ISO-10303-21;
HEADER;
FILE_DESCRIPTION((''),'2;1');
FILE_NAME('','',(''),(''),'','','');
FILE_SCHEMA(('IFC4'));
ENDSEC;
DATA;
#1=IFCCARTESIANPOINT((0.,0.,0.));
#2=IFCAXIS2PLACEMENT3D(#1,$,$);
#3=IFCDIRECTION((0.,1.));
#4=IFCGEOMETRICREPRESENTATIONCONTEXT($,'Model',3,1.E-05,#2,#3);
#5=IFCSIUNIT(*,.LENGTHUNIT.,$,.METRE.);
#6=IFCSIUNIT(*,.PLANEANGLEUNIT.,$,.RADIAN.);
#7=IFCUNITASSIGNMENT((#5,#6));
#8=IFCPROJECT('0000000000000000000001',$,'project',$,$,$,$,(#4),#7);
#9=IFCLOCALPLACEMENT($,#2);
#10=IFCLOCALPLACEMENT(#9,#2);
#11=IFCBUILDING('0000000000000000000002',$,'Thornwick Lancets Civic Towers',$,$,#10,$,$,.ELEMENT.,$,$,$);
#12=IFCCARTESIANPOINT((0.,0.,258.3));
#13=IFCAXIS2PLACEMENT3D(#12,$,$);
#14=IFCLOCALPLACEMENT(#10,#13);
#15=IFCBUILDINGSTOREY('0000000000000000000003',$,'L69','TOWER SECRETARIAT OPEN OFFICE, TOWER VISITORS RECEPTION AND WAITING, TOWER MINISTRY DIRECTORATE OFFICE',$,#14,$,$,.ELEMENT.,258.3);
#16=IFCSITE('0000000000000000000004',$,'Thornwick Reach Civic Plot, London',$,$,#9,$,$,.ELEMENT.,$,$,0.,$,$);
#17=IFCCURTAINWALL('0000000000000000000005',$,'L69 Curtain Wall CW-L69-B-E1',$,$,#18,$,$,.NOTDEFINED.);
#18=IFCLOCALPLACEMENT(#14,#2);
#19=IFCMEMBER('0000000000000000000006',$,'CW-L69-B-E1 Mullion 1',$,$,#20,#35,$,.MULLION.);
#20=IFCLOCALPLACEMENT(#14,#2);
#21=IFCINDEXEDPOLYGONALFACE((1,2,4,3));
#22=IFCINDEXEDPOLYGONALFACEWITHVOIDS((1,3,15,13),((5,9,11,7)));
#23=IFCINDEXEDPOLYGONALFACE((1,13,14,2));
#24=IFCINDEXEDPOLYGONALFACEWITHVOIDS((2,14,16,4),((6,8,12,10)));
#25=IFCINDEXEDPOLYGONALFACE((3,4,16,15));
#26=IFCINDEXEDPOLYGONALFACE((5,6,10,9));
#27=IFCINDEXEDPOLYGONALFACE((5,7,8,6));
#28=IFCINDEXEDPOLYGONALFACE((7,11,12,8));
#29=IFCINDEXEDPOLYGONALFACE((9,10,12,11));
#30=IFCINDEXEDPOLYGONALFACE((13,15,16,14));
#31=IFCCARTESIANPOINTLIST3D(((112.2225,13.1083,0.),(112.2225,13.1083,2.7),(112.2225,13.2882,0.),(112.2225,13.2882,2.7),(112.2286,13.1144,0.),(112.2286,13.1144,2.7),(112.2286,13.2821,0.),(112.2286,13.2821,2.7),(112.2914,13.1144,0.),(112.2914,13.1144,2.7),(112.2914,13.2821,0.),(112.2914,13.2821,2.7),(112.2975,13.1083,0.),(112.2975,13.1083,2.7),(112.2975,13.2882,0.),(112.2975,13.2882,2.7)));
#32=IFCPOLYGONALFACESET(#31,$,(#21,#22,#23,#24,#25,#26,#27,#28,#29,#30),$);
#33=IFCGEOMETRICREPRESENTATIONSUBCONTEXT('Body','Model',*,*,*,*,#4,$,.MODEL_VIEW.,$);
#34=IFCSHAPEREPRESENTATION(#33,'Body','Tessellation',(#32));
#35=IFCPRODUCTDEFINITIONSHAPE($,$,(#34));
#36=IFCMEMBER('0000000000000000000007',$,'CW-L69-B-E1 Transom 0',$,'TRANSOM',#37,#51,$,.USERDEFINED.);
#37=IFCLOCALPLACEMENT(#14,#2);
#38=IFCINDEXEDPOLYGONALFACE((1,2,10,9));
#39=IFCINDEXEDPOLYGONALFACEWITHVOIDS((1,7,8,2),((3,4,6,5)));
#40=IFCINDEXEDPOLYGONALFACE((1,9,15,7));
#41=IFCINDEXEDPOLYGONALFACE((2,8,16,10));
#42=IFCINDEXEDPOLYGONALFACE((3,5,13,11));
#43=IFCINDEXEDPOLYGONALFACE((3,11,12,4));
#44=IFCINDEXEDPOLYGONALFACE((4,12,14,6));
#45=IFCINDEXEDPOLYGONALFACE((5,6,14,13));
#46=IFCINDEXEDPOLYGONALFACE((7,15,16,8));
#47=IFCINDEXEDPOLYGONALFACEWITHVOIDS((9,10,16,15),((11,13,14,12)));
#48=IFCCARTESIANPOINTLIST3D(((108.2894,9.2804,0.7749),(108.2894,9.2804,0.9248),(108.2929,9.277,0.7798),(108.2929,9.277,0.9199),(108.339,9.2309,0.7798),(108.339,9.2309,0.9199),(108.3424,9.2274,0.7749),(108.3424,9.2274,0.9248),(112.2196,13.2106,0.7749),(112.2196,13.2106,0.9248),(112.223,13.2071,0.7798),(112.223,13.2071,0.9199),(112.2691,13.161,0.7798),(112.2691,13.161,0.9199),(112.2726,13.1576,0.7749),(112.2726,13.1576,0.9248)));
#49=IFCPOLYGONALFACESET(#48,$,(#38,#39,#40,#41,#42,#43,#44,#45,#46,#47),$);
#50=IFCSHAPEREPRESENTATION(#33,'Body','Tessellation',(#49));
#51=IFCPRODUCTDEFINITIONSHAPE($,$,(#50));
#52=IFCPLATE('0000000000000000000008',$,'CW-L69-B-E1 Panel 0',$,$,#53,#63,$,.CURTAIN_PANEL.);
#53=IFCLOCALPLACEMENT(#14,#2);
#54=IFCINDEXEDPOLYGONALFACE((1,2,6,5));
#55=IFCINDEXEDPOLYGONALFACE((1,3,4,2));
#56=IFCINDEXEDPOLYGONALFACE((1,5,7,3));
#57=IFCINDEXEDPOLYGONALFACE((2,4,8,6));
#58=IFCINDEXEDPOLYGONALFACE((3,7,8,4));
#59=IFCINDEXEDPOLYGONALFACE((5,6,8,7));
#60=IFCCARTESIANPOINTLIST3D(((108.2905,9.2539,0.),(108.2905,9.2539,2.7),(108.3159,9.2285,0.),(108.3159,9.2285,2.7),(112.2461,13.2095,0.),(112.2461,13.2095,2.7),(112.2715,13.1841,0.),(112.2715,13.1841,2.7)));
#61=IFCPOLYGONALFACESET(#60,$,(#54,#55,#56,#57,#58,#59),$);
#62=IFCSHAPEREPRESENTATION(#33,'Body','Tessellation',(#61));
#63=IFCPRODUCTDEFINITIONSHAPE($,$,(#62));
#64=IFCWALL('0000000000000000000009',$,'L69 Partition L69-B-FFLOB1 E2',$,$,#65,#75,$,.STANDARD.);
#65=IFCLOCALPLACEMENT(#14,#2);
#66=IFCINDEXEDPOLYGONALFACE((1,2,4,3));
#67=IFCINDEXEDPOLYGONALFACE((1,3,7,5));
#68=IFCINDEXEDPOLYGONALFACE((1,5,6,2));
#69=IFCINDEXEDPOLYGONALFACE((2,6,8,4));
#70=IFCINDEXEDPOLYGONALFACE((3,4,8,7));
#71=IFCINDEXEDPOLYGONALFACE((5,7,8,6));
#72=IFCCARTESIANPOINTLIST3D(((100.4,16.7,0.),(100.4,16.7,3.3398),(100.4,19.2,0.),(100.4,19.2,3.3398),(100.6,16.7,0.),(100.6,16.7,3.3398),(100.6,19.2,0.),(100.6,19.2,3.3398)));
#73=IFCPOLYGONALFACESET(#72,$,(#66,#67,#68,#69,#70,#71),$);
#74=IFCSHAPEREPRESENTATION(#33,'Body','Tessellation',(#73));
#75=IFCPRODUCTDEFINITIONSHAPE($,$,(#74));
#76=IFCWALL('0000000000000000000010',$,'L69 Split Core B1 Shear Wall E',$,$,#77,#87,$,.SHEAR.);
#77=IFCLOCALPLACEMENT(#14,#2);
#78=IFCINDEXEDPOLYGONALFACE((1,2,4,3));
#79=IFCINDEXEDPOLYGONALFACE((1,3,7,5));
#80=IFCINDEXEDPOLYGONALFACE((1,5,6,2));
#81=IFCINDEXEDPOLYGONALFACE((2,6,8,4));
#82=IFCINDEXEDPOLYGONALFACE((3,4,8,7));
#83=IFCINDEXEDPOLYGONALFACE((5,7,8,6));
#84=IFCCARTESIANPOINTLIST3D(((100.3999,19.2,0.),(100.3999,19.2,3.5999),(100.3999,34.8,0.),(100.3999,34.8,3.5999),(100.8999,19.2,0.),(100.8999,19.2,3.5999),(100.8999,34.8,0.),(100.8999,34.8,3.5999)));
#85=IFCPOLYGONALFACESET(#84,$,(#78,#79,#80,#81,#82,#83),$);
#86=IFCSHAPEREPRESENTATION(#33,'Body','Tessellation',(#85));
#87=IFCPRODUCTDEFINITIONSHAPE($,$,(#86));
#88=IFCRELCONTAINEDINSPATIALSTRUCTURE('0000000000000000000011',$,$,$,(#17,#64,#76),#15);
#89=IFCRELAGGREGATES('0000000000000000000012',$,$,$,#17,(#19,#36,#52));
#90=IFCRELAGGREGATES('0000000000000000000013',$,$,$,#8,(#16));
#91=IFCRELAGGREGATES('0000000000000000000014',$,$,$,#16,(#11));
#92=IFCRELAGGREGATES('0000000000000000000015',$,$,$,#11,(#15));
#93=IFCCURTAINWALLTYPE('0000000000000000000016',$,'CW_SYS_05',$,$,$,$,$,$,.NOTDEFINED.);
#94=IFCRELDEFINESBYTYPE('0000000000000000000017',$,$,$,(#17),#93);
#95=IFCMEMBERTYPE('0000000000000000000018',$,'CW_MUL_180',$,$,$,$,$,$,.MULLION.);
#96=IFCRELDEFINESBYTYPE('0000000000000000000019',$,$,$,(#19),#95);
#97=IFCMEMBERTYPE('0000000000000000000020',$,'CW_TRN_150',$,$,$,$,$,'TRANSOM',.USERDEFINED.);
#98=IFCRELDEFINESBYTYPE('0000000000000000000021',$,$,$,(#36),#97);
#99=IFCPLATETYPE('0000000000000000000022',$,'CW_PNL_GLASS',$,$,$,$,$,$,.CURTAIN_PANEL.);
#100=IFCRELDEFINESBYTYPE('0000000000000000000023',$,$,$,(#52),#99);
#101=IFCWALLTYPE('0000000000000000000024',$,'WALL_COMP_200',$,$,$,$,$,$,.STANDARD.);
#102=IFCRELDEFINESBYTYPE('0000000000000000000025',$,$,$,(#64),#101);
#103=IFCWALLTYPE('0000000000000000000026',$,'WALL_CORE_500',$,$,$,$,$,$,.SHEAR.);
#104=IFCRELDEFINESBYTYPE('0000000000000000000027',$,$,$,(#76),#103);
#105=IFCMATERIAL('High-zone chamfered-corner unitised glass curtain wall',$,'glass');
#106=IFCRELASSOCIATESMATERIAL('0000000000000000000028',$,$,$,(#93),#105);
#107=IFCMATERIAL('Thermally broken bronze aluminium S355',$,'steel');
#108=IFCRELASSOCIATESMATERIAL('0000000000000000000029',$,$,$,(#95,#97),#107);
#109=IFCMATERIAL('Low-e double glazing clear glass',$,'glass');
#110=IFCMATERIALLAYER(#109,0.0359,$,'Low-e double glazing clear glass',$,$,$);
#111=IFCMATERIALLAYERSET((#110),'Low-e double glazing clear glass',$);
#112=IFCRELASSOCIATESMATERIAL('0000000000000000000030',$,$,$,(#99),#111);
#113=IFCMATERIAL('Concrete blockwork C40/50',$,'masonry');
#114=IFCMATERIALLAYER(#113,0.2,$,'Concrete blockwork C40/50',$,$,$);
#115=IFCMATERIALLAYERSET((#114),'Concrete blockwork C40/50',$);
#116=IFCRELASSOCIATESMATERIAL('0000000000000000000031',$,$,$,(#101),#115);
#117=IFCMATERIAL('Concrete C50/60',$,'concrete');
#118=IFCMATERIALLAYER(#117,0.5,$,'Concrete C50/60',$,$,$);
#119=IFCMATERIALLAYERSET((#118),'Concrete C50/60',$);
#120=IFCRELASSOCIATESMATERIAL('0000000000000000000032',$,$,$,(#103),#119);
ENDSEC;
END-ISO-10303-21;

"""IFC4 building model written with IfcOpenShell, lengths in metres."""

from ifc_helpers import new_model, si_unit, direction, frame, frame_2d, origin, origin_2d, place, context, subcontext, project, spatial, rectangle, hollow_rectangle, extrude, material, layer, layer_set, material_profile, profile_set, type_object, element, aggregate, save


model = new_model("IFC4")

# Units and contexts
model_context = context("Model", 3, precision=1e-05, world=origin(), true_north=direction((0.0, 1.0)))
body_context = subcontext(model_context, "Body", "Model", "MODEL_VIEW")
ifc_project = project(units=[si_unit("LENGTHUNIT", "METRE"), si_unit("PLANEANGLEUNIT", "RADIAN")], contexts=[model_context])

# Site, building, storey
site_placement = place(None, origin())
site = spatial("IfcSite", under=ifc_project, at=site_placement, Name="Thornwick Reach Civic Plot, London", CompositionType="ELEMENT", RefElevation=0.0)
building_placement = place(site_placement, origin())
building = spatial("IfcBuilding", under=site, at=building_placement, Name="Thornwick Lancets Civic Towers", CompositionType="ELEMENT")
storey_placement = place(building_placement, frame((0.0, 0.0, 258.3)))
storey = spatial("IfcBuildingStorey", under=building, at=storey_placement, Name="L69", Description="TOWER SECRETARIAT OPEN OFFICE, TOWER VISITORS RECEPTION AND WAITING, TOWER MINISTRY DIRECTORATE OFFICE", CompositionType="ELEMENT", Elevation=258.3)

# Shared definitions
ifc_material_1 = material(Name="Concrete C50/60", Category="concrete")

# Curtain wall, members, plate
ifc_material_2 = material(Name="High-zone chamfered-corner unitised glass curtain wall", Category="glass")
curtain_wall_type = type_object("IfcCurtainWallType", Name="CW_SYS_05", PredefinedType="NOTDEFINED", material=ifc_material_2)
curtain_wall_placement = place(storey_placement, origin())
curtain_wall = element("IfcCurtainWall", 1, at=curtain_wall_placement, inside=storey, type_object=curtain_wall_type, Name="L69 Curtain Wall CW-L69-B-E1", PredefinedType="NOTDEFINED")
ifc_material_3 = material(Name="Thermally broken bronze aluminium S355", Category="steel")
ifc_material_profile_1 = material_profile(ifc_material_3, hollow_rectangle(XDim=0.075, YDim=0.1799, WallThickness=0.0061, at=origin_2d()), Name="RHS 180x75x6")
ifc_profile_set_1 = profile_set([ifc_material_profile_1], Name="Thermally broken bronze aluminium S355")
member_type_1 = type_object("IfcMemberType", Name="CW_MUL_180", PredefinedType="MULLION", material=ifc_profile_set_1)
member_1_placement = place(storey_placement, frame((112.26, 13.1982, 0.0), z_axis=(0.0, 0.0, 1.0), x_axis=(1.0, 0.0, 0.0)))
member_1 = element("IfcMember", 2, at=member_1_placement, type_object=member_type_1, Name="CW-L69-B-E1 Mullion 1", PredefinedType="MULLION", context=body_context, shape_type="SweptSolid", body=[
    extrude(hollow_rectangle(XDim=0.075, YDim=0.1799, WallThickness=0.0061, at=origin_2d()), origin(), (0.0, 0.0, 1.0), 2.7),
])
ifc_material_profile_2 = material_profile(ifc_material_3, hollow_rectangle(XDim=0.075, YDim=0.1499, WallThickness=0.0049, at=origin_2d()), Name="RHS 150x75x5")
ifc_profile_set_2 = profile_set([ifc_material_profile_2], Name="Thermally broken bronze aluminium S355")
member_type_2 = type_object("IfcMemberType", Name="CW_TRN_150", ElementType="TRANSOM", PredefinedType="USERDEFINED", material=ifc_profile_set_2)
member_2_placement = place(storey_placement, frame((108.3159, 9.2539, 0.8499), z_axis=(0.707107, 0.707107, 0.0), x_axis=(-0.707107, 0.707107, 0.0)))
member_2 = element("IfcMember", 3, at=member_2_placement, type_object=member_type_2, Name="CW-L69-B-E1 Transom 0", ObjectType="TRANSOM", PredefinedType="USERDEFINED", context=body_context, shape_type="SweptSolid", body=[
    extrude(hollow_rectangle(XDim=0.075, YDim=0.1499, WallThickness=0.0049, at=origin_2d()), origin(), (0.0, 0.0, 1.0), 5.5581),
])
ifc_material_4 = material(Name="Low-e double glazing clear glass", Category="glass")
ifc_layer_1 = layer(ifc_material_4, 0.0359, Name="Low-e double glazing clear glass")
ifc_layer_set_1 = layer_set([ifc_layer_1], Name="Low-e double glazing clear glass")
plate_type = type_object("IfcPlateType", Name="CW_PNL_GLASS", PredefinedType="CURTAIN_PANEL", material=ifc_layer_set_1)
plate_placement = place(storey_placement, frame((110.281, 11.219, 0.0), z_axis=(0.0, 0.0, 1.0), x_axis=(0.707107, 0.707107, 0.0)))
plate = element("IfcPlate", 4, at=plate_placement, type_object=plate_type, Name="CW-L69-B-E1 Panel 0", PredefinedType="CURTAIN_PANEL", context=body_context, shape_type="SweptSolid", body=[
    extrude(rectangle(XDim=5.594, YDim=0.0359, at=origin_2d()), origin(), (0.0, 0.0, 1.0), 2.7),
])
aggregate(curtain_wall, [member_1, member_2, plate])

# Walls
ifc_material_5 = material(Name="Concrete blockwork C40/50", Category="masonry")
ifc_layer_2 = layer(ifc_material_5, 0.2, Name="Concrete blockwork C40/50")
ifc_layer_set_2 = layer_set([ifc_layer_2], Name="Concrete blockwork C40/50")
wall_type_1 = type_object("IfcWallType", Name="WALL_COMP_200", PredefinedType="STANDARD", material=ifc_layer_set_2)
wall_1_placement = place(storey_placement, frame((100.5, 16.7, 0.0), z_axis=(0.0, 0.0, 1.0), x_axis=(0.0, 1.0, 0.0)))
element("IfcWall", 5, at=wall_1_placement, inside=storey, type_object=wall_type_1, Name="L69 Partition L69-B-FFLOB1 E2", PredefinedType="STANDARD", context=body_context, shape_type="SweptSolid", body=[
    extrude(rectangle(XDim=2.5, YDim=0.2, at=frame_2d((1.25, 0.0))), origin(), (0.0, 0.0, 1.0), 3.3398),
])
ifc_layer_3 = layer(ifc_material_1, 0.5, Name="Concrete C50/60")
ifc_layer_set_3 = layer_set([ifc_layer_3], Name="Concrete C50/60")
wall_type_2 = type_object("IfcWallType", Name="WALL_CORE_500", PredefinedType="SHEAR", material=ifc_layer_set_3)
wall_2_placement = place(storey_placement, frame((100.6499, 19.2, 0.0), z_axis=(0.0, 0.0, 1.0), x_axis=(0.0, 1.0, 0.0)))
element("IfcWall", 6, at=wall_2_placement, inside=storey, type_object=wall_type_2, Name="L69 Split Core B1 Shear Wall E", PredefinedType="SHEAR", context=body_context, shape_type="SweptSolid", body=[
    extrude(rectangle(XDim=15.6001, YDim=0.5, at=frame_2d((7.8, 0.0))), origin(), (0.0, 0.0, 1.0), 3.5999),
])

save(model, "model.ifc")
